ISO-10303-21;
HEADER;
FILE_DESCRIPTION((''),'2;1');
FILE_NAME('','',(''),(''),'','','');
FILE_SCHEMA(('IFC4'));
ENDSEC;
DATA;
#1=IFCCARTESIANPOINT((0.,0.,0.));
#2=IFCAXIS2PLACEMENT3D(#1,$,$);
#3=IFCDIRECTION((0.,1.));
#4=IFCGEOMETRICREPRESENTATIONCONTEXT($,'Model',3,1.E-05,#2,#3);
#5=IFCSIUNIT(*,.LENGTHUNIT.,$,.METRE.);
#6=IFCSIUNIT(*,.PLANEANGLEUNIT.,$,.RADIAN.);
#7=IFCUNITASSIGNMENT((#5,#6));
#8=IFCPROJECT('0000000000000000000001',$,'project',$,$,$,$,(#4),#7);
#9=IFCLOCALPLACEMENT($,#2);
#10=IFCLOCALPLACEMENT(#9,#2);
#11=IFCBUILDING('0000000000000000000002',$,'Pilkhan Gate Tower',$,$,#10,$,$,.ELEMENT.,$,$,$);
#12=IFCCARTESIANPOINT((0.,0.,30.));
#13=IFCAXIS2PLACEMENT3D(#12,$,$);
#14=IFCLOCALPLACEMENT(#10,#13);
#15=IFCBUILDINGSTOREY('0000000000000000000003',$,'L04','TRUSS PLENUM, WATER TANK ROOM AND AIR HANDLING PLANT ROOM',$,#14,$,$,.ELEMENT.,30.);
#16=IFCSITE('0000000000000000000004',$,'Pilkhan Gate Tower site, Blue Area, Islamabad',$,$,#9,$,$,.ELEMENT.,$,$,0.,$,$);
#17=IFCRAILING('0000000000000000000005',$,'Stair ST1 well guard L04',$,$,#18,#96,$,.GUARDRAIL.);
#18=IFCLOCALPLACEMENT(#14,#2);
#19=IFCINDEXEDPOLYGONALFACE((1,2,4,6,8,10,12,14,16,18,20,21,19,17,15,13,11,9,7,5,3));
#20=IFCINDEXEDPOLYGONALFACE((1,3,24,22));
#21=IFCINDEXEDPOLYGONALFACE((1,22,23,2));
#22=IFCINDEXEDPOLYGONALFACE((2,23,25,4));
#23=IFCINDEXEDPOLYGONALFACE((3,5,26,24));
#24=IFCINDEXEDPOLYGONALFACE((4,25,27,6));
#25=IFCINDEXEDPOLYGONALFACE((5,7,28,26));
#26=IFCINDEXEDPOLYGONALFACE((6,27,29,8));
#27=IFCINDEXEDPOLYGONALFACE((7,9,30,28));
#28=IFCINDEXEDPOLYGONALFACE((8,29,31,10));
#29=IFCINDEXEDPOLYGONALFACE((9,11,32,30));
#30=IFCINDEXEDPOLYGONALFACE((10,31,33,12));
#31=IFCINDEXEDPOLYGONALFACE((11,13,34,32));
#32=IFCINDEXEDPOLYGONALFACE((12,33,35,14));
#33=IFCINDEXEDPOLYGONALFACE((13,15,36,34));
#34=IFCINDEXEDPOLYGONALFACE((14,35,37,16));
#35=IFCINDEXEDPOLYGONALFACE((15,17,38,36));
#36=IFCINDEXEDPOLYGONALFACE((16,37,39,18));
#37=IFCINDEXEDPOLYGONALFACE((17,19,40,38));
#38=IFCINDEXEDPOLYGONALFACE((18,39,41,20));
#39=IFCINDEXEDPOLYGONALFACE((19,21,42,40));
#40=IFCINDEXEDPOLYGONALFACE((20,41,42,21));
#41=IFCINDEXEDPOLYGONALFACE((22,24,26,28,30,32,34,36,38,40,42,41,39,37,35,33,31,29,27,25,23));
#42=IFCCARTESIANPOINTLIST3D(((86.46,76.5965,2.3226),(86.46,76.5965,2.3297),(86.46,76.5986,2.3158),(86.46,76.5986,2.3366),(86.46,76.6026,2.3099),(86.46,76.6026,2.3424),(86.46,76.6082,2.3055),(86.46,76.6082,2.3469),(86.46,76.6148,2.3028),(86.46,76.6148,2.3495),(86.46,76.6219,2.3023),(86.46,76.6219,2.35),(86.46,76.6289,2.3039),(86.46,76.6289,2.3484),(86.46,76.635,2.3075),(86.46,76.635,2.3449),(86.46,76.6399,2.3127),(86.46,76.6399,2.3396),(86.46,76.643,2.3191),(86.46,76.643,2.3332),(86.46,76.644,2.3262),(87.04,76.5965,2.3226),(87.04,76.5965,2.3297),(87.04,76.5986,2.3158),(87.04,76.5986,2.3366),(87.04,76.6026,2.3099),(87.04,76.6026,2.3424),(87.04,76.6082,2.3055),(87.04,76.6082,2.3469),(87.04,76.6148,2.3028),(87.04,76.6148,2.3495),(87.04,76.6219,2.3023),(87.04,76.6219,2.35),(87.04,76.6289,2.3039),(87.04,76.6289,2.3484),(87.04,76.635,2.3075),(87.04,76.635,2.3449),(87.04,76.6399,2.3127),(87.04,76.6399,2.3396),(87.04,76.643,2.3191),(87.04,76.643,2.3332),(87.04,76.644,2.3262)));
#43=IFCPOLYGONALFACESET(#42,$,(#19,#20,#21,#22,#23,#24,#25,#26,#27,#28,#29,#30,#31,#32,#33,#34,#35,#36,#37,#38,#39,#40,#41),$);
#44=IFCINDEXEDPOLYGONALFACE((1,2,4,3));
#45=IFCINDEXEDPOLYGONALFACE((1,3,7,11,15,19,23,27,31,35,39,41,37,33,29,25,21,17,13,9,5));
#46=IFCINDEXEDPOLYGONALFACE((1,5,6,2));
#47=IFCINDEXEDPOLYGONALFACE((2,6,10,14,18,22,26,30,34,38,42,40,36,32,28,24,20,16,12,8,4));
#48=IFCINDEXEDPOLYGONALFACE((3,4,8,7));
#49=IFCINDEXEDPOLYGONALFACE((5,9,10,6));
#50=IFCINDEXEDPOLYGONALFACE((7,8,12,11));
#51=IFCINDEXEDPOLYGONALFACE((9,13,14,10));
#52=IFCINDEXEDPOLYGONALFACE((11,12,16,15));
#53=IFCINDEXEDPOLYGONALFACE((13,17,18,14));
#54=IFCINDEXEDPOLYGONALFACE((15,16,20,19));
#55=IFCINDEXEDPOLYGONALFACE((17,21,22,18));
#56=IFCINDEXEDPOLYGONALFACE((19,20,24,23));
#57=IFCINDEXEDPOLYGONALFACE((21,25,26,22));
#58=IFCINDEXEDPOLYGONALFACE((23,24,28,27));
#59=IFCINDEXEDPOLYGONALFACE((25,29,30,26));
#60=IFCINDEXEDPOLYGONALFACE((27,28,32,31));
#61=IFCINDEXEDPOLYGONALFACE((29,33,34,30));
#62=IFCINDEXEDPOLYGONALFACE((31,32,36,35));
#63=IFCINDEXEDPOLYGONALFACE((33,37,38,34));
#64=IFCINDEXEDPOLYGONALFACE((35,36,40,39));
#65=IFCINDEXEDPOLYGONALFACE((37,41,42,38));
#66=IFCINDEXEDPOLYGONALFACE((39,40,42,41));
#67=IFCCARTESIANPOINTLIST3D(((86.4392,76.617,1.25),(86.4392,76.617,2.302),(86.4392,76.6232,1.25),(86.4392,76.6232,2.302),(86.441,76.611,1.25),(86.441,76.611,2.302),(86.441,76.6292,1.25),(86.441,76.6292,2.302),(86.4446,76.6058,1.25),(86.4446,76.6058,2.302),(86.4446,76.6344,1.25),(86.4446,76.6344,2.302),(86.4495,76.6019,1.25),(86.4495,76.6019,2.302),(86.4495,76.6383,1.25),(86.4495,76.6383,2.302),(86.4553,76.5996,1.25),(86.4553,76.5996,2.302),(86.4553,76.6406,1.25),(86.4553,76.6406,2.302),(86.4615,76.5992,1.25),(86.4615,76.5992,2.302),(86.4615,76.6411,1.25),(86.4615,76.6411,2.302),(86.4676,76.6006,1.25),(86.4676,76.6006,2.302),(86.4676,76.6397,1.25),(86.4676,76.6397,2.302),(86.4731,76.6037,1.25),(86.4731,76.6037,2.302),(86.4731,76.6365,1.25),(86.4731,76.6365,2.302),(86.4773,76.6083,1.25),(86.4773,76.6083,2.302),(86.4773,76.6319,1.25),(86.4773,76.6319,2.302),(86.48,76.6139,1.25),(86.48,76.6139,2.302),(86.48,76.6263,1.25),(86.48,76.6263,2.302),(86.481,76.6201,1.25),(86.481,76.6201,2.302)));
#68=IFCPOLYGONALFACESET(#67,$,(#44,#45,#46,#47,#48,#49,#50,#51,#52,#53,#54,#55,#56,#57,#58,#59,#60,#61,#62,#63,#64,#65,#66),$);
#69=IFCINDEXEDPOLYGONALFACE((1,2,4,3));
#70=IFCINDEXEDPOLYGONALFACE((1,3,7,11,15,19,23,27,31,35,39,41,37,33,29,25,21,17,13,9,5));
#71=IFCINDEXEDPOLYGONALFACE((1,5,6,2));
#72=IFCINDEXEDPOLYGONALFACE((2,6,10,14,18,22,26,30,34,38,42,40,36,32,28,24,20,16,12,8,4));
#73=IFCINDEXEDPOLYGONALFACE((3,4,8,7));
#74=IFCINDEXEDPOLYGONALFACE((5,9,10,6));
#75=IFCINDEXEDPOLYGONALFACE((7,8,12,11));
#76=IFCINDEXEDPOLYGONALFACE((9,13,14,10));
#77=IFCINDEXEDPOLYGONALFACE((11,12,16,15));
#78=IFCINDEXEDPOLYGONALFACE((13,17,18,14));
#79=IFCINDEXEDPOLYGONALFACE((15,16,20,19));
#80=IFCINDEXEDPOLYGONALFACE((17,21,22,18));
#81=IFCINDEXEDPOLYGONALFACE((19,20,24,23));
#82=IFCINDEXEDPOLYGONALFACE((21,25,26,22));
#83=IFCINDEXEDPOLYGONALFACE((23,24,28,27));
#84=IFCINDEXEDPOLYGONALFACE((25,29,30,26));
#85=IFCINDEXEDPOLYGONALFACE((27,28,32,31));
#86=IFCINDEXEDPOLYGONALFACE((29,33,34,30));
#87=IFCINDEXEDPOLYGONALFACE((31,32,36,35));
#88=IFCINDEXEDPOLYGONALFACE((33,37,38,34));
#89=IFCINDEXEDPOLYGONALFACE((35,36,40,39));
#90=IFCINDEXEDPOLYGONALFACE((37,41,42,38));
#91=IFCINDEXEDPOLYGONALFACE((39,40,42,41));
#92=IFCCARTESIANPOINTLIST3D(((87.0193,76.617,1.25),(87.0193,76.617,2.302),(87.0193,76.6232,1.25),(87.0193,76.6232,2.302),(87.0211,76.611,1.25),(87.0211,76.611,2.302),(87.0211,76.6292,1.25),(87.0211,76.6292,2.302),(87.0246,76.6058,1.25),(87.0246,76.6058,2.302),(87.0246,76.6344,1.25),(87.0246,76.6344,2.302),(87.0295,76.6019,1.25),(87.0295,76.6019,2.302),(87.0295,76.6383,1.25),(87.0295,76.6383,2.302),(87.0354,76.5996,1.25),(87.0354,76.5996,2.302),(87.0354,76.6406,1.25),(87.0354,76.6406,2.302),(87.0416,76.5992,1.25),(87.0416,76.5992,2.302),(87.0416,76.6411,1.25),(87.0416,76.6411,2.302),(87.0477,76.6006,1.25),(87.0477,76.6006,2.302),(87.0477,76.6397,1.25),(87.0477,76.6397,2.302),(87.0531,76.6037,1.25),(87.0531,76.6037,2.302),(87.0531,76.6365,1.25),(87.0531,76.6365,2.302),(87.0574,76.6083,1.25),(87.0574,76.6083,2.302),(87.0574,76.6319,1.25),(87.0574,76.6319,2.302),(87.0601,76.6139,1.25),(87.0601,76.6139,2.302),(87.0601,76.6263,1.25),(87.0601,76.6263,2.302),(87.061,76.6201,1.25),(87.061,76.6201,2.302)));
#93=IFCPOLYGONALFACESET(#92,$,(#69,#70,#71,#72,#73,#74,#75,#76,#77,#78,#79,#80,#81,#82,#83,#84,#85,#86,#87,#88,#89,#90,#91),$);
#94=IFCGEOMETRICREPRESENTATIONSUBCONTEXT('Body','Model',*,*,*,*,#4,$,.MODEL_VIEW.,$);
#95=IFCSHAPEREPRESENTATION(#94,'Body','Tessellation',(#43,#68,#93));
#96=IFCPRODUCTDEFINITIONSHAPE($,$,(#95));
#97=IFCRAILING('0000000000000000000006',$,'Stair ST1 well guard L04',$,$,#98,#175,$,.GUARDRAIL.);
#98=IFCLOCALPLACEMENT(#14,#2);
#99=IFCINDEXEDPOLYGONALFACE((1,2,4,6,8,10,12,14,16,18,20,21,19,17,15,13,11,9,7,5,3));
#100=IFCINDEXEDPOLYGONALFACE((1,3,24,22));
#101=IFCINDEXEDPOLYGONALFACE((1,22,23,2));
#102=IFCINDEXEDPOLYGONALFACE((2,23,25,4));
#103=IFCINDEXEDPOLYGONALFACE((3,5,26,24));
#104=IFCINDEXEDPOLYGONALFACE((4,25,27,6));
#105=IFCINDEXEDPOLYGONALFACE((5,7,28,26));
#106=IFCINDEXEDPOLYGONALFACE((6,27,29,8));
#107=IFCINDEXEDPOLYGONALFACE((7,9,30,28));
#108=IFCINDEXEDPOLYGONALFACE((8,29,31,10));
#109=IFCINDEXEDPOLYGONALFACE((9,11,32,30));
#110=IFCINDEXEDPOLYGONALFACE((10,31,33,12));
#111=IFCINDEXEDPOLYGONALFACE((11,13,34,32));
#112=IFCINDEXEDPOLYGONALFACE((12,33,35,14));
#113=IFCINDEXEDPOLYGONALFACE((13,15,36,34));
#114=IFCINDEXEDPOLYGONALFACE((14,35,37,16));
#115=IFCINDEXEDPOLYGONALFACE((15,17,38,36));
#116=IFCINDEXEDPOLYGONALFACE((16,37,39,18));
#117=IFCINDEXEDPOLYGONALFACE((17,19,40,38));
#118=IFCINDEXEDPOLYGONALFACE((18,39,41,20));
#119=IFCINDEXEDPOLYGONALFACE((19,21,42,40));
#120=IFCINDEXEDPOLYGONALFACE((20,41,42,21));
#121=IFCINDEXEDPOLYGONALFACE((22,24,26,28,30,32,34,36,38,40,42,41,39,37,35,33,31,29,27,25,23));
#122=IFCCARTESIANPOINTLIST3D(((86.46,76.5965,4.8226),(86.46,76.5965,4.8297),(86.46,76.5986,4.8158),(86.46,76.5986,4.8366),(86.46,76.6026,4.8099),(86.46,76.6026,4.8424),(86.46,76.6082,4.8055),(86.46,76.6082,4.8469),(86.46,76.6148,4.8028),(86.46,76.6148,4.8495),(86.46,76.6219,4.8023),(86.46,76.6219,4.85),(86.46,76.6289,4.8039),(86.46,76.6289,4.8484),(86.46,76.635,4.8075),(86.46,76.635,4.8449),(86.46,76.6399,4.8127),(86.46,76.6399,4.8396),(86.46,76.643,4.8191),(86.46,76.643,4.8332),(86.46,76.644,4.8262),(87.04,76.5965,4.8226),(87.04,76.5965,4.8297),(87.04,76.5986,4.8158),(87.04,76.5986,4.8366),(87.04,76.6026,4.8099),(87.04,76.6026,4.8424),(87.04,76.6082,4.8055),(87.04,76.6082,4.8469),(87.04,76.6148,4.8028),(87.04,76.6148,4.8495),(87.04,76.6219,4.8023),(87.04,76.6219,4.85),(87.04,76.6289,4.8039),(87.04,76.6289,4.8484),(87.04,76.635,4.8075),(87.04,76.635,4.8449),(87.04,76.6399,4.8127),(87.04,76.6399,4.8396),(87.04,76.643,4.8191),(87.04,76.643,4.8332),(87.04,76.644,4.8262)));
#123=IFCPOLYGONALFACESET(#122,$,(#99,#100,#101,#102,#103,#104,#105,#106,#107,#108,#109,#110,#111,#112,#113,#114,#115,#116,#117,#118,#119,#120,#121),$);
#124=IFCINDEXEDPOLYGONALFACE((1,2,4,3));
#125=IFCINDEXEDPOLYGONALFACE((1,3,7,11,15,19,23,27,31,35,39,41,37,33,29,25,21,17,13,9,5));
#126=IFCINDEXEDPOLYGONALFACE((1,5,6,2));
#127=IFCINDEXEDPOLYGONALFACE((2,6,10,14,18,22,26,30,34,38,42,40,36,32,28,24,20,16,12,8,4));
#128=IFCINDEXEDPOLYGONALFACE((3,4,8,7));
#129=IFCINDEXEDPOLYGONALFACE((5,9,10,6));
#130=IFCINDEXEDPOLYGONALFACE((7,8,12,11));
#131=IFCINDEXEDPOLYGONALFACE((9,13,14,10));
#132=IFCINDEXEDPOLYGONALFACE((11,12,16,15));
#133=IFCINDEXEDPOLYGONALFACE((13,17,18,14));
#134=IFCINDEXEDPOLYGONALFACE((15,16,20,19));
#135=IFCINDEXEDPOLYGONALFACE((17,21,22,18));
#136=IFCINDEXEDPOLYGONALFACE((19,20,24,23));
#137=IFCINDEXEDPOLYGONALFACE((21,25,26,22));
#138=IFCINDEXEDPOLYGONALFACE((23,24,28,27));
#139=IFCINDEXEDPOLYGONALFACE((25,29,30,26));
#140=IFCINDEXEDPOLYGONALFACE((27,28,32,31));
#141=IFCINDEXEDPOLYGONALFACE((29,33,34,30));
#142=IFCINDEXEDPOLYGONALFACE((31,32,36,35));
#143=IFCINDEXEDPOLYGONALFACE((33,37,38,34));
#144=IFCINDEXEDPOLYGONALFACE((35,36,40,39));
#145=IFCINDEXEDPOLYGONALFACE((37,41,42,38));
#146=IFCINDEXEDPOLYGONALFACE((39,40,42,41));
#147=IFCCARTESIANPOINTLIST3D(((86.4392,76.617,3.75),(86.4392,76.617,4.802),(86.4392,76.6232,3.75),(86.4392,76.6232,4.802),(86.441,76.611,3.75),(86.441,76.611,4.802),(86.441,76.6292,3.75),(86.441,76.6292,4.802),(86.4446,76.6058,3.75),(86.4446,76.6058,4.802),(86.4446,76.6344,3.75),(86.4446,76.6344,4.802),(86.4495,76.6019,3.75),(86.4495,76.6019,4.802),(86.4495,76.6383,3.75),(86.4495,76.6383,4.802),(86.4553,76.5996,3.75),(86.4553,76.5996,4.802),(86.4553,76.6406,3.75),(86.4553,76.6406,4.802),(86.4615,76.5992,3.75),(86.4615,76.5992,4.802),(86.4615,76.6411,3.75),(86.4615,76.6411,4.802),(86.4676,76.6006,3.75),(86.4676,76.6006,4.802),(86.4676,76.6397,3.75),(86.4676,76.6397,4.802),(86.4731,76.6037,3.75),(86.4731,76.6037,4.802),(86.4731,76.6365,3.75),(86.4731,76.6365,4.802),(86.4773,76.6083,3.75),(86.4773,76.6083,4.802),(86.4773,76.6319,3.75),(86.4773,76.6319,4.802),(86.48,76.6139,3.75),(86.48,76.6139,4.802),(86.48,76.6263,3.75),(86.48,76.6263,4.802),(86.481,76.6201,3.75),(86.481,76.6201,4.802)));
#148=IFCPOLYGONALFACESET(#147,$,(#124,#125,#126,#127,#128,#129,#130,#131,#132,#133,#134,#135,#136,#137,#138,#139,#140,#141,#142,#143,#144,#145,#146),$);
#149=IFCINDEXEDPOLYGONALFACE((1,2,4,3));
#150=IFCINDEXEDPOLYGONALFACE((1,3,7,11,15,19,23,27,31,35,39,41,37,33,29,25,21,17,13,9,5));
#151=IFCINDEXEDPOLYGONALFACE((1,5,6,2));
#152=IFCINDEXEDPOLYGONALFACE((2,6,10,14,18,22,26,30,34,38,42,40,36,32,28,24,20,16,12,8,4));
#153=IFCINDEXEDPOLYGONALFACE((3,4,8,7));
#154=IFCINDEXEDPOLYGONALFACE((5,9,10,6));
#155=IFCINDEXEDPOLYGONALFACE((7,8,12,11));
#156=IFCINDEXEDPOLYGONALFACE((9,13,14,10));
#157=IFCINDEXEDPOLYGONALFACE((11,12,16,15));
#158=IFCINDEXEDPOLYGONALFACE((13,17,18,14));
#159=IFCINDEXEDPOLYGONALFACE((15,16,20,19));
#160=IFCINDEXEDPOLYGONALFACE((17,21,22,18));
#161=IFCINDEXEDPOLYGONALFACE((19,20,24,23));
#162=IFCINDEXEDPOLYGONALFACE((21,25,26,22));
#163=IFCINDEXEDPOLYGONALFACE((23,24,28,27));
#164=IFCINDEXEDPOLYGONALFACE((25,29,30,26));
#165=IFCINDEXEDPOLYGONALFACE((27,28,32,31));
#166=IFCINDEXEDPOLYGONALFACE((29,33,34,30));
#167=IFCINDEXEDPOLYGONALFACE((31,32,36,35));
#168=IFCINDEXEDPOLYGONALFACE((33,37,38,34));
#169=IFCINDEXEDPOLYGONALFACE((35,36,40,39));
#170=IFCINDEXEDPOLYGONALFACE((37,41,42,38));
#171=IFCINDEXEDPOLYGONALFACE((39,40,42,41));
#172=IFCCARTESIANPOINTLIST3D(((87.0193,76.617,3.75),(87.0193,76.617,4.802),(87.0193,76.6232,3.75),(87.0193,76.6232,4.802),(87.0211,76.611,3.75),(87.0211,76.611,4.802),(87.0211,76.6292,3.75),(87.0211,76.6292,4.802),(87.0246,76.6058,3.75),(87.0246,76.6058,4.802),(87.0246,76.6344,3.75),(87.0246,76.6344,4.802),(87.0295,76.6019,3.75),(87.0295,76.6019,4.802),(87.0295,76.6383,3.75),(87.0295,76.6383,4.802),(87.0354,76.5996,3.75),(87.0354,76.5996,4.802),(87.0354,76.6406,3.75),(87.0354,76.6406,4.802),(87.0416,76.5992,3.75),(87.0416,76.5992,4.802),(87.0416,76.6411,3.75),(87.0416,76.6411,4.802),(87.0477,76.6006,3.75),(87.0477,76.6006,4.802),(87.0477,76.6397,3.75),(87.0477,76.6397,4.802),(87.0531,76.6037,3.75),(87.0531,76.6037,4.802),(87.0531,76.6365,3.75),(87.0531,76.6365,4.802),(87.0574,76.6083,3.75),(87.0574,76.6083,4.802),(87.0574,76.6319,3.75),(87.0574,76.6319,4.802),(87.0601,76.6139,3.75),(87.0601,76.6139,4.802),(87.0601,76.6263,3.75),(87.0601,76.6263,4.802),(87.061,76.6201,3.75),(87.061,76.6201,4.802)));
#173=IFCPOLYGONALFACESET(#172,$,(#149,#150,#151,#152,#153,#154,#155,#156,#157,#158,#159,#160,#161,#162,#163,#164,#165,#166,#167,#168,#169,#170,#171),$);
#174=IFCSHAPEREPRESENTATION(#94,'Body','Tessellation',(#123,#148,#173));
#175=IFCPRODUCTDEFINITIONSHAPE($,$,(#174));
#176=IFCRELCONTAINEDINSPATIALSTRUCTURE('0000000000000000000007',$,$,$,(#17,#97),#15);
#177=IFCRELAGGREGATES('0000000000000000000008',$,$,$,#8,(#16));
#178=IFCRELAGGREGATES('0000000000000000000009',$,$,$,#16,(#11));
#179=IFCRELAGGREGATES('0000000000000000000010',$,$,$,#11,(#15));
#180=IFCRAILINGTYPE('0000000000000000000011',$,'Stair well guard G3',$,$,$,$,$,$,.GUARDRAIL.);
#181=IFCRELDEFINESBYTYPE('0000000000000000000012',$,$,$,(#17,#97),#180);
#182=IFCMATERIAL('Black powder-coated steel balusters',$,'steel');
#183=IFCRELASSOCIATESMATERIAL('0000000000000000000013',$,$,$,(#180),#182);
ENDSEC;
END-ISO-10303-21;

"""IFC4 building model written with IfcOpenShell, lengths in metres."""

from ifc_helpers import new_model, si_unit, direction, frame, origin, origin_2d, place, context, subcontext, project, spatial, circle, extrude, material, type_object, element, save


model = new_model("IFC4")

# Units and contexts
model_context = context("Model", 3, precision=1e-05, world=origin(), true_north=direction((0.0, 1.0)))
body_context = subcontext(model_context, "Body", "Model", "MODEL_VIEW")
ifc_project = project(units=[si_unit("LENGTHUNIT", "METRE"), si_unit("PLANEANGLEUNIT", "RADIAN")], contexts=[model_context])

# Site, building, storey
site_placement = place(None, origin())
site = spatial("IfcSite", under=ifc_project, at=site_placement, Name="Pilkhan Gate Tower site, Blue Area, Islamabad", CompositionType="ELEMENT", RefElevation=0.0)
building_placement = place(site_placement, origin())
building = spatial("IfcBuilding", under=site, at=building_placement, Name="Pilkhan Gate Tower", CompositionType="ELEMENT")
storey_placement = place(building_placement, frame((0.0, 0.0, 30.0)))
storey = spatial("IfcBuildingStorey", under=building, at=storey_placement, Name="L04", Description="TRUSS PLENUM, WATER TANK ROOM AND AIR HANDLING PLANT ROOM", CompositionType="ELEMENT", Elevation=30.0)

# Railings
ifc_material_1 = material(Name="Black powder-coated steel balusters", Category="steel")
railing_type_1 = type_object("IfcRailingType", Name="Stair well guard G3", PredefinedType="GUARDRAIL", material=ifc_material_1)
for number, where, name in (
    (1, (86.46, 76.6201, 1.25), "Stair ST1 well guard L04"),
    (2, (86.46, 76.6201, 3.75), "Stair ST1 well guard L04"),
):
    element("IfcRailing", number, at=place(storey_placement, frame(where)), inside=storey, type_object=railing_type_1, Name=name, PredefinedType="GUARDRAIL", context=body_context, shape_type="SweptSolid", body=[
        extrude(circle(Radius=0.0239, at=origin_2d()), frame((0.0, 0.0, 1.0762), z_axis=(1.0, 0.0, 0.0), x_axis=(0.0, 1.0, 0.0)), (0.0, 0.0, 1.0), 0.5801),
        extrude(circle(Radius=0.021, at=origin_2d()), origin(), (0.0, 0.0, 1.0), 1.052),
        extrude(circle(Radius=0.021, at=origin_2d()), frame((0.5801, 0.0, 0.0)), (0.0, 0.0, 1.0), 1.052),
    ])

save(model, "model.ifc")
